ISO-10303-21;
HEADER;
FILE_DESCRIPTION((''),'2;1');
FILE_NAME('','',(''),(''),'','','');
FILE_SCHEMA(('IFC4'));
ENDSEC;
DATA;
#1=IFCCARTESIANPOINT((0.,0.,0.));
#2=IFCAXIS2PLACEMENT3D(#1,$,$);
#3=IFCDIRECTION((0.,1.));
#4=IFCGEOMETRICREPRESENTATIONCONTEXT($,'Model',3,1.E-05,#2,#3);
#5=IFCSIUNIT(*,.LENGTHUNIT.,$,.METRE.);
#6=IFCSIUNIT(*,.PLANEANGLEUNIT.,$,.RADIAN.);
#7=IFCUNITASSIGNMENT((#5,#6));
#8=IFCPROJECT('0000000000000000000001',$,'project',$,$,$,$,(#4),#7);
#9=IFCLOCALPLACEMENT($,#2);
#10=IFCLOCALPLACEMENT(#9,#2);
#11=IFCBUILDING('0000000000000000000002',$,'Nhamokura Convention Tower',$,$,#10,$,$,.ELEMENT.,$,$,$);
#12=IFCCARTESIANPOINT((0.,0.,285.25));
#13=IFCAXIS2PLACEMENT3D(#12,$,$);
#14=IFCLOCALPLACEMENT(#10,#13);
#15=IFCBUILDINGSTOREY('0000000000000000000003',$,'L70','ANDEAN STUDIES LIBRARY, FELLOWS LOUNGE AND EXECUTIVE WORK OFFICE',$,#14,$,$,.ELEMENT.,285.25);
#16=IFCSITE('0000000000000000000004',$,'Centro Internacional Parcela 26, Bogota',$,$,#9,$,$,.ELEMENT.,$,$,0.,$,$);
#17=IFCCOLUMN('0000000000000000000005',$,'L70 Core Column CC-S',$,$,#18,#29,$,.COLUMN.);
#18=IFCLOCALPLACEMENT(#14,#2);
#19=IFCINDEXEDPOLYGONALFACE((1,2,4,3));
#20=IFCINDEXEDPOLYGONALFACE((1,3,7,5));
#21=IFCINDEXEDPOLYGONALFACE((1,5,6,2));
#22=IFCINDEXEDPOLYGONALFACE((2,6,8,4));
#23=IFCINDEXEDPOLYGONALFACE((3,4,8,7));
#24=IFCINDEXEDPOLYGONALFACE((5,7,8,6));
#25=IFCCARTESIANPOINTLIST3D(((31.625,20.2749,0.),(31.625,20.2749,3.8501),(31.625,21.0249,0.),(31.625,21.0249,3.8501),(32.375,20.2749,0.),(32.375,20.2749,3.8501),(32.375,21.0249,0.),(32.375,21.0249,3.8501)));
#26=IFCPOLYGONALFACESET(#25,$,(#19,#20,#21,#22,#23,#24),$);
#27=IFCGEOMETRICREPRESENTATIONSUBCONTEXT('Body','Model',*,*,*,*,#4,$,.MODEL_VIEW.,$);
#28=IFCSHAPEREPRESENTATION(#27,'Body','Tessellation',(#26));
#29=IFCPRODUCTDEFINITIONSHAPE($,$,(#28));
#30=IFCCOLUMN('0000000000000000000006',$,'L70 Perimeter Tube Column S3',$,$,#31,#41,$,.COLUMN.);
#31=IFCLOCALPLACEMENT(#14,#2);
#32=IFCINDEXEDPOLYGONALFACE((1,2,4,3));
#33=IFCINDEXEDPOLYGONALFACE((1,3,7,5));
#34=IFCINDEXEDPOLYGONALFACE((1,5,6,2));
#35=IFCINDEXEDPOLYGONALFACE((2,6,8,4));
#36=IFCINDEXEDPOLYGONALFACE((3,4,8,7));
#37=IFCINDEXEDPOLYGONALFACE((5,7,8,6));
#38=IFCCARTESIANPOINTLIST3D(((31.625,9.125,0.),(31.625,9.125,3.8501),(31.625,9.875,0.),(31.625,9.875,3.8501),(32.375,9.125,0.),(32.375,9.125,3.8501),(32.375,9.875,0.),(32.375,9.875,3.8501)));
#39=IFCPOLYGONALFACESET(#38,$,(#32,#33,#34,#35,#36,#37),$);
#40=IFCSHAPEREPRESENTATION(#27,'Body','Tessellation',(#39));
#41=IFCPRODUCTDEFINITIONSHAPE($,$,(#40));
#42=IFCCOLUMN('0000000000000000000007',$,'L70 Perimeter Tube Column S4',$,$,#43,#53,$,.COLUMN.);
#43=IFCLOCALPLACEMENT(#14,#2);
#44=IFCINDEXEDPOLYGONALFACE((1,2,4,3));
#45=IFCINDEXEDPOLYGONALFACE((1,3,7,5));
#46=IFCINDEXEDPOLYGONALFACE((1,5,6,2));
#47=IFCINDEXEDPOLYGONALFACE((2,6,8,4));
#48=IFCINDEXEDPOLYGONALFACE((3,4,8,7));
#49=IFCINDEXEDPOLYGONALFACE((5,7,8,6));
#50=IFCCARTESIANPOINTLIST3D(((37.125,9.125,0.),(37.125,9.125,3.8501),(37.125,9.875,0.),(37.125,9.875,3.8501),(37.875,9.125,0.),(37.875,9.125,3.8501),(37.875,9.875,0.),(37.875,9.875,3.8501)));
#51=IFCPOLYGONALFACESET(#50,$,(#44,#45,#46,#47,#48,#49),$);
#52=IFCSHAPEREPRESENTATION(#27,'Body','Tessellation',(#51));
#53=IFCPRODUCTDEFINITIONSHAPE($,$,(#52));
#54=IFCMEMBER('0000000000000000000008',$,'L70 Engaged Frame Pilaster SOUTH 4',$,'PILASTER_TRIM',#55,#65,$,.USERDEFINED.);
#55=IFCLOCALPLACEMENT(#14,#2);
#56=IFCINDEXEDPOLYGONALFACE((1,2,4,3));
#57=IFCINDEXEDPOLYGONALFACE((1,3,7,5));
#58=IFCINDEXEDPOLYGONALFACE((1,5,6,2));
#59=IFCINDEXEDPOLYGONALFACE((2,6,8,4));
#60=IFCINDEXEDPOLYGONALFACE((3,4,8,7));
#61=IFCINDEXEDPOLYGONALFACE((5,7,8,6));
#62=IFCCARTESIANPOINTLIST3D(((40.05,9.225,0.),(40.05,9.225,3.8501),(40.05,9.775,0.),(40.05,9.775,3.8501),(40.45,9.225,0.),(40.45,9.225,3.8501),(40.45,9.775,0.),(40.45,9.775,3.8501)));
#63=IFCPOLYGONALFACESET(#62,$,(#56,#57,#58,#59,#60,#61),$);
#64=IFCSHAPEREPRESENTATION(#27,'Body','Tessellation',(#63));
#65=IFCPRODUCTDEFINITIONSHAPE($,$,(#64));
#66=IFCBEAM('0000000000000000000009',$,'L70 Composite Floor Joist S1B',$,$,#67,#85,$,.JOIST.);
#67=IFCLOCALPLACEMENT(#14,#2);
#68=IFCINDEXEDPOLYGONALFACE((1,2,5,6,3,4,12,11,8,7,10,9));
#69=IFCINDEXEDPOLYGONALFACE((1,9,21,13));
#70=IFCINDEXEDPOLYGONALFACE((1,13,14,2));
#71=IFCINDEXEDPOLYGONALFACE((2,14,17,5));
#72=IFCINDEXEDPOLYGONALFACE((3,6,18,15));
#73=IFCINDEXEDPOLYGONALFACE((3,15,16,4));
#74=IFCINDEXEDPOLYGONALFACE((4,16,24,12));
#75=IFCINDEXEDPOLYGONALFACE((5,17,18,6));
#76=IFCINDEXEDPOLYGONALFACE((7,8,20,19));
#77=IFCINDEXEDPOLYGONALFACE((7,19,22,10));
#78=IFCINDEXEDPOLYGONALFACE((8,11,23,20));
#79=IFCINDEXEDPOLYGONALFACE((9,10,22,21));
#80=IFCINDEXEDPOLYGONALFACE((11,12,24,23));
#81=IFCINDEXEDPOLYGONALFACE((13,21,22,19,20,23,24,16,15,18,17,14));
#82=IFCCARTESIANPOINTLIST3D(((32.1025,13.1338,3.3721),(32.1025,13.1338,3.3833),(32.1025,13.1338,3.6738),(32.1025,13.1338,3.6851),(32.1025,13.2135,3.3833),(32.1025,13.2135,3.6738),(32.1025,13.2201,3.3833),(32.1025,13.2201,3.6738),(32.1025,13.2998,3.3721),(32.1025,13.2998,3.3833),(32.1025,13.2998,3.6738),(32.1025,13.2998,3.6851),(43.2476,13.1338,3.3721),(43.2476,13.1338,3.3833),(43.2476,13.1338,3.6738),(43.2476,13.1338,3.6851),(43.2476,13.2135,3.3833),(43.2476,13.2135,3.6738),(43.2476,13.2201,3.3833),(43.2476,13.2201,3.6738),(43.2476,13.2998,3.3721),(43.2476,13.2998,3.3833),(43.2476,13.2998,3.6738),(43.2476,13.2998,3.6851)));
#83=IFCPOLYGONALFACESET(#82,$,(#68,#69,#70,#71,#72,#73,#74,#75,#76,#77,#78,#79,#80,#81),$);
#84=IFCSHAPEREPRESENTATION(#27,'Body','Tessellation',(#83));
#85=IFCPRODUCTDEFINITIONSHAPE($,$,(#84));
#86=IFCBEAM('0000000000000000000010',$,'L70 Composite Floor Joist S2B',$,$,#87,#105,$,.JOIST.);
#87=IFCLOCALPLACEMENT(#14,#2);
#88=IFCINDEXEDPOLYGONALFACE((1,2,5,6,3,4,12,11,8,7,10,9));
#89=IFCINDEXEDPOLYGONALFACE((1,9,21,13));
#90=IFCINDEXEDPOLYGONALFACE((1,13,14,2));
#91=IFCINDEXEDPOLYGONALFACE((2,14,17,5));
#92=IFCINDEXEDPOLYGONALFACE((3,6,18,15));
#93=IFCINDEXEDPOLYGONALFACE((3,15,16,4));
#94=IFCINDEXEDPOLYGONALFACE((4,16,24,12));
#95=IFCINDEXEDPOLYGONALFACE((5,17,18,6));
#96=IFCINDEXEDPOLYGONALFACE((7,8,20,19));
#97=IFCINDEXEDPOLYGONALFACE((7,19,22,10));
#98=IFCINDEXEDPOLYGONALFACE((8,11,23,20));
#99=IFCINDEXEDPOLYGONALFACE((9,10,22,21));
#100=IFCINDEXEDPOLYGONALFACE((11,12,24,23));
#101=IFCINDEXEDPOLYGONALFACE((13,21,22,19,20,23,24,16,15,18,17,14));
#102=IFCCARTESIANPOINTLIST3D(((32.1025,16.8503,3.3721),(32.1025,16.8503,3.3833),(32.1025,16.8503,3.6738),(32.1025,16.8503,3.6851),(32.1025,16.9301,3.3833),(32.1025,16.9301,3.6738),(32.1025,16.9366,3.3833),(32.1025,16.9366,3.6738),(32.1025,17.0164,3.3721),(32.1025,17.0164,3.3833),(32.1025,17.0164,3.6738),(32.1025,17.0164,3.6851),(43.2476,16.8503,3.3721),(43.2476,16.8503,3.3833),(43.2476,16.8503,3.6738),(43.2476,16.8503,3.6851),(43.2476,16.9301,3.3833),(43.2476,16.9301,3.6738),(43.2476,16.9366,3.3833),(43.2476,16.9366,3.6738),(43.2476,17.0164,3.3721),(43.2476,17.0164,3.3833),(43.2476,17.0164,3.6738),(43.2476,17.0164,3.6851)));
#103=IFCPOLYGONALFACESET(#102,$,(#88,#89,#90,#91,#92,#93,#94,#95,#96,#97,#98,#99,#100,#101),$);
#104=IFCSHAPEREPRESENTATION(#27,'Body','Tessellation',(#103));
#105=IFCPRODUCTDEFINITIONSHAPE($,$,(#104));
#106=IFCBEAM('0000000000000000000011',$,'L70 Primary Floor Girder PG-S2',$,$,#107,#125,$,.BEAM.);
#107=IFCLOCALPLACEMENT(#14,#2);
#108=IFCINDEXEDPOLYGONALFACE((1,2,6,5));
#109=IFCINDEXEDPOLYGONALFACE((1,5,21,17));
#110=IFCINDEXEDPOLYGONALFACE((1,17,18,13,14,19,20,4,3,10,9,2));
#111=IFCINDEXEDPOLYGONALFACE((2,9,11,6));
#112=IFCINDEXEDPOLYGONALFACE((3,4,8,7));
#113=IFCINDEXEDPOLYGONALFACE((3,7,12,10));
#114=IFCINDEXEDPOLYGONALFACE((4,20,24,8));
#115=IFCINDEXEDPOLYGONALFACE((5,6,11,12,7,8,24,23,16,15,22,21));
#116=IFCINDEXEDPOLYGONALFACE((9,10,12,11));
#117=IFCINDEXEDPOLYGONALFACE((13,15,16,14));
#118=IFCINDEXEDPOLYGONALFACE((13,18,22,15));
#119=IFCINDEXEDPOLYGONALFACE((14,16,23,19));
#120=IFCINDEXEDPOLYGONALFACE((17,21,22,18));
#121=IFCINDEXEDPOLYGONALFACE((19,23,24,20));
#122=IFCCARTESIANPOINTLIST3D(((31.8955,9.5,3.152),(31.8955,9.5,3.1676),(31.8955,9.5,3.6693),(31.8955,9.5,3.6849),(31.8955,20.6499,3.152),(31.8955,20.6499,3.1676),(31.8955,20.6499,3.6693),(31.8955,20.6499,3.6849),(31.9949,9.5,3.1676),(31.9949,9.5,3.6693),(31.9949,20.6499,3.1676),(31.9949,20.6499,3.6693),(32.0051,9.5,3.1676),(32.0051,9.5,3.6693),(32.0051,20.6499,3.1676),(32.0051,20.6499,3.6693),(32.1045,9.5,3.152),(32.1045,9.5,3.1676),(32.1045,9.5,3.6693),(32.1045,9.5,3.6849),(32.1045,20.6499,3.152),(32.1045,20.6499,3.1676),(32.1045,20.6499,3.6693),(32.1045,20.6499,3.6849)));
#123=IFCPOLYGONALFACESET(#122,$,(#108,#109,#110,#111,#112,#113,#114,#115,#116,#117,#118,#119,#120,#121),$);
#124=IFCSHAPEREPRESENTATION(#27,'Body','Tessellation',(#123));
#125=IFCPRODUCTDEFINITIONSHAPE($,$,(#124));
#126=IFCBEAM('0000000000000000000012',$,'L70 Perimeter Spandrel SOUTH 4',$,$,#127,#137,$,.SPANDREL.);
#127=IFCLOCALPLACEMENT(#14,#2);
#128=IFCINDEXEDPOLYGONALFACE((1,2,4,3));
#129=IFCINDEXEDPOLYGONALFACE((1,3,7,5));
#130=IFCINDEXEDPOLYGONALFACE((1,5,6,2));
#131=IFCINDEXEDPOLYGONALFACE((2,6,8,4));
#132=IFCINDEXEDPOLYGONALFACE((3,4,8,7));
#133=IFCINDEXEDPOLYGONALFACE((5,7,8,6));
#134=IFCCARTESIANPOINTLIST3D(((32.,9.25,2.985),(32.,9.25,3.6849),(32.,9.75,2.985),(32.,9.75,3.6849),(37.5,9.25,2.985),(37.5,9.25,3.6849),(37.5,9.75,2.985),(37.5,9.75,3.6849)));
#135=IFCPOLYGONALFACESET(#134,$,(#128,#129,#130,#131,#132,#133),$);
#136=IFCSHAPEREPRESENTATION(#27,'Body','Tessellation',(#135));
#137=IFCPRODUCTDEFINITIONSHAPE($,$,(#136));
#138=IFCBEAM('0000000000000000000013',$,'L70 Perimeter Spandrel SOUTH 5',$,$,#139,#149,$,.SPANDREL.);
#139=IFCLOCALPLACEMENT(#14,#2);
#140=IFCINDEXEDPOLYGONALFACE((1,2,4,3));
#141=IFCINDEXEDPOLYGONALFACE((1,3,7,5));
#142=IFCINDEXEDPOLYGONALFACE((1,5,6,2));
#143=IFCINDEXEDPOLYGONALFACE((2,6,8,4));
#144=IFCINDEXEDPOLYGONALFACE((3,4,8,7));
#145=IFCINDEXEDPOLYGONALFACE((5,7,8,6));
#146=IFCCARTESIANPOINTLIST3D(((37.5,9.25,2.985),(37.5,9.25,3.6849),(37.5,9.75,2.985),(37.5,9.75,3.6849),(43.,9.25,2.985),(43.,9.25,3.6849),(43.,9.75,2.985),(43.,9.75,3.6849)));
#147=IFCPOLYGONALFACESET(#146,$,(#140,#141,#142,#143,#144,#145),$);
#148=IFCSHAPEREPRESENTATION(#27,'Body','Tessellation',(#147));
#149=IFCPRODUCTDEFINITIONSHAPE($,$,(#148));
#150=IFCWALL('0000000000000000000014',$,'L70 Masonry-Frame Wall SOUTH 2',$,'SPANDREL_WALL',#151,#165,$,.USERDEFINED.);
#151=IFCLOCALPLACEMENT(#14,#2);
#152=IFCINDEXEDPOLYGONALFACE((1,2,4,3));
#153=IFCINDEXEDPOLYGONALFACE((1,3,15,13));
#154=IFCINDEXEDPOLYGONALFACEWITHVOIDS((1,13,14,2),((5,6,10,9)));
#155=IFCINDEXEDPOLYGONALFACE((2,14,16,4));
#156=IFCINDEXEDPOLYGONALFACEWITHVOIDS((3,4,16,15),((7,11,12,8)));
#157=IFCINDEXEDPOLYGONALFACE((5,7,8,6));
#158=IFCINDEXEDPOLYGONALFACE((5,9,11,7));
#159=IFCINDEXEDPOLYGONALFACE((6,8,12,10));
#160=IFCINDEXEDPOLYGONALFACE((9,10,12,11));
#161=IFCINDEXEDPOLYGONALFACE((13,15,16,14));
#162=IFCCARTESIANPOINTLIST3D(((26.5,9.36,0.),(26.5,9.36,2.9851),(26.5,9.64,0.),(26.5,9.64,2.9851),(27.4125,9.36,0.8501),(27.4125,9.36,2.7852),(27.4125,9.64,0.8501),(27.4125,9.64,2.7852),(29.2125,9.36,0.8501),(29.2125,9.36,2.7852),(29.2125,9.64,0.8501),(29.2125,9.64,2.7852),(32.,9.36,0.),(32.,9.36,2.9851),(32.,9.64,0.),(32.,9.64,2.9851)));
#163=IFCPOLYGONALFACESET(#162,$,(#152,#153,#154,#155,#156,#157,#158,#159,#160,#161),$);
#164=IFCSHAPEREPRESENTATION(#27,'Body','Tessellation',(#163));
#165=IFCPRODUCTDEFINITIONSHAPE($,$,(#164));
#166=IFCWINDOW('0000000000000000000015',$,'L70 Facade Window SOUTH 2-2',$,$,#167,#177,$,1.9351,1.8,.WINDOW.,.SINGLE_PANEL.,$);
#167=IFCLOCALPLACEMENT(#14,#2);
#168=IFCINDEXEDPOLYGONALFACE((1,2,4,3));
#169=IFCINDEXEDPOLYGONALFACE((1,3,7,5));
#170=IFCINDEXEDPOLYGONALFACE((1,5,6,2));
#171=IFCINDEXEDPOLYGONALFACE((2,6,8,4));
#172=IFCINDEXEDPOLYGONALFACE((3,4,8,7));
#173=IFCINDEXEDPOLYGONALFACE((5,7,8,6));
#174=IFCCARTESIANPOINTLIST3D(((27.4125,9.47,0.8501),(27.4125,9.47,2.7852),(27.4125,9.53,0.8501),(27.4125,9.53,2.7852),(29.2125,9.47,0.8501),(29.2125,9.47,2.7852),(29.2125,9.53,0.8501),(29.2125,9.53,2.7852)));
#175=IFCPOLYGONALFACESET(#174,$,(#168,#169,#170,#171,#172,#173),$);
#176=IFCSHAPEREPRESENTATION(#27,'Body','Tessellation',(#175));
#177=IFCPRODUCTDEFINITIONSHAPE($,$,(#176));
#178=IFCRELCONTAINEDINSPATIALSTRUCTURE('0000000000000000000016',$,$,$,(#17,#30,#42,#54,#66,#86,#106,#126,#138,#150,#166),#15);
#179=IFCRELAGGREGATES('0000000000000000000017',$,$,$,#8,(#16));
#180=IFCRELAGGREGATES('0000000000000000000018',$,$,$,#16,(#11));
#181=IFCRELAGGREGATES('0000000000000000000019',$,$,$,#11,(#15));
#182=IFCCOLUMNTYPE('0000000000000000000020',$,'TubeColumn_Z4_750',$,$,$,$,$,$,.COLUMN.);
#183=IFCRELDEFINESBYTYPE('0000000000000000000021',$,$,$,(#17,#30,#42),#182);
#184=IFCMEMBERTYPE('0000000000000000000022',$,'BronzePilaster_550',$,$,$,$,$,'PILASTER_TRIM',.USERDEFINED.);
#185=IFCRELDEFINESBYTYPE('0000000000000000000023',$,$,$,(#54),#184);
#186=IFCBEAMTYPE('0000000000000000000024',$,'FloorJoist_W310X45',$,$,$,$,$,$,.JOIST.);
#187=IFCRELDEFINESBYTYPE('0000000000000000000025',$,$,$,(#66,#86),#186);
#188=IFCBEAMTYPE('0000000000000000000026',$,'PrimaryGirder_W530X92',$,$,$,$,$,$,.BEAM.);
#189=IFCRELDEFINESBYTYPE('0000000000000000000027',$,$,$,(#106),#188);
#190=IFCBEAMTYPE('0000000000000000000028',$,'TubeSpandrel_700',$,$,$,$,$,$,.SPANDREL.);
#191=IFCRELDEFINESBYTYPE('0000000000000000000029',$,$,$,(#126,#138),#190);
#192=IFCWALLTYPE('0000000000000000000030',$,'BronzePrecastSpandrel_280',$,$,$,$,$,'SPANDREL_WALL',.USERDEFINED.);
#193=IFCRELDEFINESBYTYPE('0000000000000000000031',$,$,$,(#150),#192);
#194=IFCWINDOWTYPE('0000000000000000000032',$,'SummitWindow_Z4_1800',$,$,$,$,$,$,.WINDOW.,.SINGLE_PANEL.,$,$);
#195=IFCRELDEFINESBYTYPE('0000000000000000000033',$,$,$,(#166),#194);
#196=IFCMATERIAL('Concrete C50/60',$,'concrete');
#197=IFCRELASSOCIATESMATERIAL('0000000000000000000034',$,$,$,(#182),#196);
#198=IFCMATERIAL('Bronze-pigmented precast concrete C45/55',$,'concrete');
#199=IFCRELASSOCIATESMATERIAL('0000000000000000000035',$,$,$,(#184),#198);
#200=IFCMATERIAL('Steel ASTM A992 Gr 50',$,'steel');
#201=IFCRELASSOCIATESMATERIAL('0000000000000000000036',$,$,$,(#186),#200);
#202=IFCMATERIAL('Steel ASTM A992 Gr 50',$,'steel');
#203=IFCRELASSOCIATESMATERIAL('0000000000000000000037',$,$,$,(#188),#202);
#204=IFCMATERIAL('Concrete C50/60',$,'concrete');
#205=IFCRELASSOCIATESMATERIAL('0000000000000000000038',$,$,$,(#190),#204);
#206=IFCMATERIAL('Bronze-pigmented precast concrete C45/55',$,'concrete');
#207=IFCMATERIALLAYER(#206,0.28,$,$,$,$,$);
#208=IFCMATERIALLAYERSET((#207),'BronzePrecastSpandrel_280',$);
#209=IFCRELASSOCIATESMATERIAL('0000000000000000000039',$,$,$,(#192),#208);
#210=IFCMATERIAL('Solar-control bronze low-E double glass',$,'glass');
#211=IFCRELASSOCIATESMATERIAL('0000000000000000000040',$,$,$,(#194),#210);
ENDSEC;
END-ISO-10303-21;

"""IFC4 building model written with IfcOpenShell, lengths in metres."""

from ifc_helpers import new_model, si_unit, direction, frame, frame_2d, origin, origin_2d, place, context, subcontext, project, spatial, rectangle, i_section, extrude, material, layer, layer_set, material_profile, profile_set, type_object, element, fill, save


model = new_model("IFC4")

# Units and contexts
model_context = context("Model", 3, precision=1e-05, world=origin(), true_north=direction((0.0, 1.0)))
body_context = subcontext(model_context, "Body", "Model", "MODEL_VIEW")
ifc_project = project(units=[si_unit("LENGTHUNIT", "METRE"), si_unit("PLANEANGLEUNIT", "RADIAN")], contexts=[model_context])

# Site, building, storey
site_placement = place(None, origin())
site = spatial("IfcSite", under=ifc_project, at=site_placement, Name="Centro Internacional Parcela 26, Bogota", CompositionType="ELEMENT", RefElevation=0.0)
building_placement = place(site_placement, origin())
building = spatial("IfcBuilding", under=site, at=building_placement, Name="Nhamokura Convention Tower", CompositionType="ELEMENT")
storey_placement = place(building_placement, frame((0.0, 0.0, 285.25)))
storey = spatial("IfcBuildingStorey", under=building, at=storey_placement, Name="L70", Description="ANDEAN STUDIES LIBRARY, FELLOWS LOUNGE AND EXECUTIVE WORK OFFICE", CompositionType="ELEMENT", Elevation=285.25)

# Columns
ifc_material_1 = material(Name="Concrete C50/60", Category="concrete")
ifc_material_profile_1 = material_profile(ifc_material_1, rectangle(XDim=0.75, YDim=0.75, at=origin_2d()))
ifc_profile_set_1 = profile_set([ifc_material_profile_1], Name="Concrete C50/60")
column_type = type_object("IfcColumnType", Name="TubeColumn_Z4_750", PredefinedType="COLUMN", material=ifc_profile_set_1)
for number, where, z_axis, x_axis, name in (
    (1, (32.0, 20.6499, 0.0), (0.0, 0.0, 1.0), (1.0, 0.0, 0.0), "L70 Core Column CC-S"),
    (2, (32.0, 9.5, 0.0), (0.0, 0.0, 1.0), (1.0, 0.0, 0.0), "L70 Perimeter Tube Column S3"),
    (3, (37.5, 9.5, 0.0), (0.0, 0.0, 1.0), (1.0, 0.0, 0.0), "L70 Perimeter Tube Column S4"),
):
    element("IfcColumn", number, at=place(storey_placement, frame(where, z_axis=z_axis, x_axis=x_axis)), inside=storey, type_object=column_type, Name=name, PredefinedType="COLUMN", context=body_context, shape_type="SweptSolid", body=[
        extrude(rectangle(XDim=0.75, YDim=0.75, at=origin_2d()), origin(), (0.0, 0.0, 1.0), 3.8501),
    ])

# Member
ifc_material_2 = material(Name="Bronze-pigmented precast concrete C45/55", Category="concrete")
ifc_material_profile_2 = material_profile(ifc_material_2, rectangle(XDim=0.3999, YDim=0.55, at=origin_2d()))
ifc_profile_set_2 = profile_set([ifc_material_profile_2], Name="Bronze-pigmented precast concrete C45/55")
member_type = type_object("IfcMemberType", Name="BronzePilaster_550", ElementType="PILASTER_TRIM", PredefinedType="USERDEFINED", material=ifc_profile_set_2)
member_placement = place(storey_placement, frame((40.25, 9.5, 0.0), z_axis=(0.0, 0.0, 1.0), x_axis=(1.0, 0.0, 0.0)))
element("IfcMember", 4, at=member_placement, inside=storey, type_object=member_type, Name="L70 Engaged Frame Pilaster SOUTH 4", ObjectType="PILASTER_TRIM", PredefinedType="USERDEFINED", context=body_context, shape_type="SweptSolid", body=[
    extrude(rectangle(XDim=0.3999, YDim=0.55, at=origin_2d()), origin(), (0.0, 0.0, 1.0), 3.8501),
])

# Beams
ifc_material_3 = material(Name="Steel ASTM A992 Gr 50", Category="steel")
ifc_material_profile_3 = material_profile(ifc_material_3, i_section(OverallWidth=0.166, OverallDepth=0.313, WebThickness=0.0066, FlangeThickness=0.0112, at=origin_2d()))
ifc_profile_set_3 = profile_set([ifc_material_profile_3], Name="Steel ASTM A992 Gr 50")
beam_type_1 = type_object("IfcBeamType", Name="FloorJoist_W310X45", PredefinedType="JOIST", material=ifc_profile_set_3)
for number, where, z_axis, x_axis, name in (
    (5, (32.1025, 13.2168, 3.5286), (1.0, 0.0, 0.0), (0.0, 1.0, 0.0), "L70 Composite Floor Joist S1B"),
    (6, (32.1025, 16.9333, 3.5286), (1.0, 0.0, 0.0), (0.0, 1.0, 0.0), "L70 Composite Floor Joist S2B"),
):
    element("IfcBeam", number, at=place(storey_placement, frame(where, z_axis=z_axis, x_axis=x_axis)), inside=storey, type_object=beam_type_1, Name=name, PredefinedType="JOIST", context=body_context, shape_type="SweptSolid", body=[
        extrude(i_section(OverallWidth=0.166, OverallDepth=0.313, WebThickness=0.0066, FlangeThickness=0.0112, at=origin_2d()), origin(), (0.0, 0.0, 1.0), 11.145),
    ])
ifc_material_4 = material(Name="Steel ASTM A992 Gr 50", Category="steel")
ifc_material_profile_4 = material_profile(ifc_material_4, i_section(OverallWidth=0.209, OverallDepth=0.533, WebThickness=0.0103, FlangeThickness=0.0156, at=origin_2d()))
ifc_profile_set_4 = profile_set([ifc_material_profile_4], Name="Steel ASTM A992 Gr 50")
beam_type_2 = type_object("IfcBeamType", Name="PrimaryGirder_W530X92", PredefinedType="BEAM", material=ifc_profile_set_4)
beam_placement = place(storey_placement, frame((32.0, 9.5, 3.4185), z_axis=(0.0, 1.0, 0.0), x_axis=(-1.0, 0.0, 0.0)))
element("IfcBeam", 7, at=beam_placement, inside=storey, type_object=beam_type_2, Name="L70 Primary Floor Girder PG-S2", PredefinedType="BEAM", context=body_context, shape_type="SweptSolid", body=[
    extrude(i_section(OverallWidth=0.209, OverallDepth=0.533, WebThickness=0.0103, FlangeThickness=0.0156, at=origin_2d()), origin(), (0.0, 0.0, 1.0), 11.1499),
])
ifc_material_5 = material(Name="Concrete C50/60", Category="concrete")
ifc_material_profile_5 = material_profile(ifc_material_5, rectangle(XDim=0.5, YDim=0.7, at=origin_2d()))
ifc_profile_set_5 = profile_set([ifc_material_profile_5], Name="Concrete C50/60")
beam_type_3 = type_object("IfcBeamType", Name="TubeSpandrel_700", PredefinedType="SPANDREL", material=ifc_profile_set_5)
for number, where, z_axis, x_axis, name in (
    (8, (32.0, 9.5, 3.335), (1.0, 0.0, 0.0), (0.0, 1.0, 0.0), "L70 Perimeter Spandrel SOUTH 4"),
    (9, (37.5, 9.5, 3.335), (1.0, 0.0, 0.0), (0.0, 1.0, 0.0), "L70 Perimeter Spandrel SOUTH 5"),
):
    element("IfcBeam", number, at=place(storey_placement, frame(where, z_axis=z_axis, x_axis=x_axis)), inside=storey, type_object=beam_type_3, Name=name, PredefinedType="SPANDREL", context=body_context, shape_type="SweptSolid", body=[
        extrude(rectangle(XDim=0.5, YDim=0.7, at=origin_2d()), origin(), (0.0, 0.0, 1.0), 5.5),
    ])

# Wall, opening, window
ifc_material_6 = material(Name="Bronze-pigmented precast concrete C45/55", Category="concrete")
ifc_layer_1 = layer(ifc_material_6, 0.28)
ifc_layer_set_1 = layer_set([ifc_layer_1], Name="BronzePrecastSpandrel_280")
wall_type_1 = type_object("IfcWallType", Name="BronzePrecastSpandrel_280", ElementType="SPANDREL_WALL", PredefinedType="USERDEFINED", material=ifc_layer_set_1)
wall_1_placement = place(storey_placement, frame((32.0, 9.5, 0.0), z_axis=(0.0, 0.0, 1.0), x_axis=(-1.0, 0.0, 0.0)))
wall_1 = element("IfcWall", 10, at=wall_1_placement, inside=storey, type_object=wall_type_1, Name="L70 Masonry-Frame Wall SOUTH 2", ObjectType="SPANDREL_WALL", PredefinedType="USERDEFINED", context=body_context, shape_type="SweptSolid", body=[
    extrude(rectangle(XDim=5.5, YDim=0.28, at=frame_2d((2.75, 0.0))), origin(), (0.0, 0.0, 1.0), 2.9851),
])
opening_1_placement = place(wall_1_placement, frame((2.7876, 0.0, 0.8501)))
opening_1 = element("IfcOpeningElement", 11, at=opening_1_placement, cuts=wall_1, PredefinedType="OPENING", context=body_context, shape_type="SweptSolid", body=[
    extrude(rectangle(XDim=1.8, YDim=1.9351, at=frame_2d((0.8999, 0.9675))), frame((0.0, 0.1499, 0.0), z_axis=(0.0, -1.0, 0.0), x_axis=(1.0, 0.0, 0.0)), (0.0, 0.0, 1.0), 0.3),
])
ifc_material_7 = material(Name="Solar-control bronze low-E double glass", Category="glass")
window_type = type_object("IfcWindowType", Name="SummitWindow_Z4_1800", PartitioningType="SINGLE_PANEL", PredefinedType="WINDOW", material=ifc_material_7)
window_1_placement = place(opening_1_placement, origin())
window_1 = element("IfcWindow", 12, at=window_1_placement, inside=storey, type_object=window_type, Name="L70 Facade Window SOUTH 2-2", OverallHeight=1.9351, OverallWidth=1.8, PartitioningType="SINGLE_PANEL", PredefinedType="WINDOW", context=body_context, shape_type="SweptSolid", body=[
    extrude(rectangle(XDim=1.8, YDim=1.9351, at=frame_2d((0.8999, 0.9675))), frame((0.0, 0.03, 0.0), z_axis=(0.0, -1.0, 0.0), x_axis=(1.0, 0.0, 0.0)), (0.0, 0.0, 1.0), 0.0601),
])
fill(opening_1, window_1)

save(model, "model.ifc")
